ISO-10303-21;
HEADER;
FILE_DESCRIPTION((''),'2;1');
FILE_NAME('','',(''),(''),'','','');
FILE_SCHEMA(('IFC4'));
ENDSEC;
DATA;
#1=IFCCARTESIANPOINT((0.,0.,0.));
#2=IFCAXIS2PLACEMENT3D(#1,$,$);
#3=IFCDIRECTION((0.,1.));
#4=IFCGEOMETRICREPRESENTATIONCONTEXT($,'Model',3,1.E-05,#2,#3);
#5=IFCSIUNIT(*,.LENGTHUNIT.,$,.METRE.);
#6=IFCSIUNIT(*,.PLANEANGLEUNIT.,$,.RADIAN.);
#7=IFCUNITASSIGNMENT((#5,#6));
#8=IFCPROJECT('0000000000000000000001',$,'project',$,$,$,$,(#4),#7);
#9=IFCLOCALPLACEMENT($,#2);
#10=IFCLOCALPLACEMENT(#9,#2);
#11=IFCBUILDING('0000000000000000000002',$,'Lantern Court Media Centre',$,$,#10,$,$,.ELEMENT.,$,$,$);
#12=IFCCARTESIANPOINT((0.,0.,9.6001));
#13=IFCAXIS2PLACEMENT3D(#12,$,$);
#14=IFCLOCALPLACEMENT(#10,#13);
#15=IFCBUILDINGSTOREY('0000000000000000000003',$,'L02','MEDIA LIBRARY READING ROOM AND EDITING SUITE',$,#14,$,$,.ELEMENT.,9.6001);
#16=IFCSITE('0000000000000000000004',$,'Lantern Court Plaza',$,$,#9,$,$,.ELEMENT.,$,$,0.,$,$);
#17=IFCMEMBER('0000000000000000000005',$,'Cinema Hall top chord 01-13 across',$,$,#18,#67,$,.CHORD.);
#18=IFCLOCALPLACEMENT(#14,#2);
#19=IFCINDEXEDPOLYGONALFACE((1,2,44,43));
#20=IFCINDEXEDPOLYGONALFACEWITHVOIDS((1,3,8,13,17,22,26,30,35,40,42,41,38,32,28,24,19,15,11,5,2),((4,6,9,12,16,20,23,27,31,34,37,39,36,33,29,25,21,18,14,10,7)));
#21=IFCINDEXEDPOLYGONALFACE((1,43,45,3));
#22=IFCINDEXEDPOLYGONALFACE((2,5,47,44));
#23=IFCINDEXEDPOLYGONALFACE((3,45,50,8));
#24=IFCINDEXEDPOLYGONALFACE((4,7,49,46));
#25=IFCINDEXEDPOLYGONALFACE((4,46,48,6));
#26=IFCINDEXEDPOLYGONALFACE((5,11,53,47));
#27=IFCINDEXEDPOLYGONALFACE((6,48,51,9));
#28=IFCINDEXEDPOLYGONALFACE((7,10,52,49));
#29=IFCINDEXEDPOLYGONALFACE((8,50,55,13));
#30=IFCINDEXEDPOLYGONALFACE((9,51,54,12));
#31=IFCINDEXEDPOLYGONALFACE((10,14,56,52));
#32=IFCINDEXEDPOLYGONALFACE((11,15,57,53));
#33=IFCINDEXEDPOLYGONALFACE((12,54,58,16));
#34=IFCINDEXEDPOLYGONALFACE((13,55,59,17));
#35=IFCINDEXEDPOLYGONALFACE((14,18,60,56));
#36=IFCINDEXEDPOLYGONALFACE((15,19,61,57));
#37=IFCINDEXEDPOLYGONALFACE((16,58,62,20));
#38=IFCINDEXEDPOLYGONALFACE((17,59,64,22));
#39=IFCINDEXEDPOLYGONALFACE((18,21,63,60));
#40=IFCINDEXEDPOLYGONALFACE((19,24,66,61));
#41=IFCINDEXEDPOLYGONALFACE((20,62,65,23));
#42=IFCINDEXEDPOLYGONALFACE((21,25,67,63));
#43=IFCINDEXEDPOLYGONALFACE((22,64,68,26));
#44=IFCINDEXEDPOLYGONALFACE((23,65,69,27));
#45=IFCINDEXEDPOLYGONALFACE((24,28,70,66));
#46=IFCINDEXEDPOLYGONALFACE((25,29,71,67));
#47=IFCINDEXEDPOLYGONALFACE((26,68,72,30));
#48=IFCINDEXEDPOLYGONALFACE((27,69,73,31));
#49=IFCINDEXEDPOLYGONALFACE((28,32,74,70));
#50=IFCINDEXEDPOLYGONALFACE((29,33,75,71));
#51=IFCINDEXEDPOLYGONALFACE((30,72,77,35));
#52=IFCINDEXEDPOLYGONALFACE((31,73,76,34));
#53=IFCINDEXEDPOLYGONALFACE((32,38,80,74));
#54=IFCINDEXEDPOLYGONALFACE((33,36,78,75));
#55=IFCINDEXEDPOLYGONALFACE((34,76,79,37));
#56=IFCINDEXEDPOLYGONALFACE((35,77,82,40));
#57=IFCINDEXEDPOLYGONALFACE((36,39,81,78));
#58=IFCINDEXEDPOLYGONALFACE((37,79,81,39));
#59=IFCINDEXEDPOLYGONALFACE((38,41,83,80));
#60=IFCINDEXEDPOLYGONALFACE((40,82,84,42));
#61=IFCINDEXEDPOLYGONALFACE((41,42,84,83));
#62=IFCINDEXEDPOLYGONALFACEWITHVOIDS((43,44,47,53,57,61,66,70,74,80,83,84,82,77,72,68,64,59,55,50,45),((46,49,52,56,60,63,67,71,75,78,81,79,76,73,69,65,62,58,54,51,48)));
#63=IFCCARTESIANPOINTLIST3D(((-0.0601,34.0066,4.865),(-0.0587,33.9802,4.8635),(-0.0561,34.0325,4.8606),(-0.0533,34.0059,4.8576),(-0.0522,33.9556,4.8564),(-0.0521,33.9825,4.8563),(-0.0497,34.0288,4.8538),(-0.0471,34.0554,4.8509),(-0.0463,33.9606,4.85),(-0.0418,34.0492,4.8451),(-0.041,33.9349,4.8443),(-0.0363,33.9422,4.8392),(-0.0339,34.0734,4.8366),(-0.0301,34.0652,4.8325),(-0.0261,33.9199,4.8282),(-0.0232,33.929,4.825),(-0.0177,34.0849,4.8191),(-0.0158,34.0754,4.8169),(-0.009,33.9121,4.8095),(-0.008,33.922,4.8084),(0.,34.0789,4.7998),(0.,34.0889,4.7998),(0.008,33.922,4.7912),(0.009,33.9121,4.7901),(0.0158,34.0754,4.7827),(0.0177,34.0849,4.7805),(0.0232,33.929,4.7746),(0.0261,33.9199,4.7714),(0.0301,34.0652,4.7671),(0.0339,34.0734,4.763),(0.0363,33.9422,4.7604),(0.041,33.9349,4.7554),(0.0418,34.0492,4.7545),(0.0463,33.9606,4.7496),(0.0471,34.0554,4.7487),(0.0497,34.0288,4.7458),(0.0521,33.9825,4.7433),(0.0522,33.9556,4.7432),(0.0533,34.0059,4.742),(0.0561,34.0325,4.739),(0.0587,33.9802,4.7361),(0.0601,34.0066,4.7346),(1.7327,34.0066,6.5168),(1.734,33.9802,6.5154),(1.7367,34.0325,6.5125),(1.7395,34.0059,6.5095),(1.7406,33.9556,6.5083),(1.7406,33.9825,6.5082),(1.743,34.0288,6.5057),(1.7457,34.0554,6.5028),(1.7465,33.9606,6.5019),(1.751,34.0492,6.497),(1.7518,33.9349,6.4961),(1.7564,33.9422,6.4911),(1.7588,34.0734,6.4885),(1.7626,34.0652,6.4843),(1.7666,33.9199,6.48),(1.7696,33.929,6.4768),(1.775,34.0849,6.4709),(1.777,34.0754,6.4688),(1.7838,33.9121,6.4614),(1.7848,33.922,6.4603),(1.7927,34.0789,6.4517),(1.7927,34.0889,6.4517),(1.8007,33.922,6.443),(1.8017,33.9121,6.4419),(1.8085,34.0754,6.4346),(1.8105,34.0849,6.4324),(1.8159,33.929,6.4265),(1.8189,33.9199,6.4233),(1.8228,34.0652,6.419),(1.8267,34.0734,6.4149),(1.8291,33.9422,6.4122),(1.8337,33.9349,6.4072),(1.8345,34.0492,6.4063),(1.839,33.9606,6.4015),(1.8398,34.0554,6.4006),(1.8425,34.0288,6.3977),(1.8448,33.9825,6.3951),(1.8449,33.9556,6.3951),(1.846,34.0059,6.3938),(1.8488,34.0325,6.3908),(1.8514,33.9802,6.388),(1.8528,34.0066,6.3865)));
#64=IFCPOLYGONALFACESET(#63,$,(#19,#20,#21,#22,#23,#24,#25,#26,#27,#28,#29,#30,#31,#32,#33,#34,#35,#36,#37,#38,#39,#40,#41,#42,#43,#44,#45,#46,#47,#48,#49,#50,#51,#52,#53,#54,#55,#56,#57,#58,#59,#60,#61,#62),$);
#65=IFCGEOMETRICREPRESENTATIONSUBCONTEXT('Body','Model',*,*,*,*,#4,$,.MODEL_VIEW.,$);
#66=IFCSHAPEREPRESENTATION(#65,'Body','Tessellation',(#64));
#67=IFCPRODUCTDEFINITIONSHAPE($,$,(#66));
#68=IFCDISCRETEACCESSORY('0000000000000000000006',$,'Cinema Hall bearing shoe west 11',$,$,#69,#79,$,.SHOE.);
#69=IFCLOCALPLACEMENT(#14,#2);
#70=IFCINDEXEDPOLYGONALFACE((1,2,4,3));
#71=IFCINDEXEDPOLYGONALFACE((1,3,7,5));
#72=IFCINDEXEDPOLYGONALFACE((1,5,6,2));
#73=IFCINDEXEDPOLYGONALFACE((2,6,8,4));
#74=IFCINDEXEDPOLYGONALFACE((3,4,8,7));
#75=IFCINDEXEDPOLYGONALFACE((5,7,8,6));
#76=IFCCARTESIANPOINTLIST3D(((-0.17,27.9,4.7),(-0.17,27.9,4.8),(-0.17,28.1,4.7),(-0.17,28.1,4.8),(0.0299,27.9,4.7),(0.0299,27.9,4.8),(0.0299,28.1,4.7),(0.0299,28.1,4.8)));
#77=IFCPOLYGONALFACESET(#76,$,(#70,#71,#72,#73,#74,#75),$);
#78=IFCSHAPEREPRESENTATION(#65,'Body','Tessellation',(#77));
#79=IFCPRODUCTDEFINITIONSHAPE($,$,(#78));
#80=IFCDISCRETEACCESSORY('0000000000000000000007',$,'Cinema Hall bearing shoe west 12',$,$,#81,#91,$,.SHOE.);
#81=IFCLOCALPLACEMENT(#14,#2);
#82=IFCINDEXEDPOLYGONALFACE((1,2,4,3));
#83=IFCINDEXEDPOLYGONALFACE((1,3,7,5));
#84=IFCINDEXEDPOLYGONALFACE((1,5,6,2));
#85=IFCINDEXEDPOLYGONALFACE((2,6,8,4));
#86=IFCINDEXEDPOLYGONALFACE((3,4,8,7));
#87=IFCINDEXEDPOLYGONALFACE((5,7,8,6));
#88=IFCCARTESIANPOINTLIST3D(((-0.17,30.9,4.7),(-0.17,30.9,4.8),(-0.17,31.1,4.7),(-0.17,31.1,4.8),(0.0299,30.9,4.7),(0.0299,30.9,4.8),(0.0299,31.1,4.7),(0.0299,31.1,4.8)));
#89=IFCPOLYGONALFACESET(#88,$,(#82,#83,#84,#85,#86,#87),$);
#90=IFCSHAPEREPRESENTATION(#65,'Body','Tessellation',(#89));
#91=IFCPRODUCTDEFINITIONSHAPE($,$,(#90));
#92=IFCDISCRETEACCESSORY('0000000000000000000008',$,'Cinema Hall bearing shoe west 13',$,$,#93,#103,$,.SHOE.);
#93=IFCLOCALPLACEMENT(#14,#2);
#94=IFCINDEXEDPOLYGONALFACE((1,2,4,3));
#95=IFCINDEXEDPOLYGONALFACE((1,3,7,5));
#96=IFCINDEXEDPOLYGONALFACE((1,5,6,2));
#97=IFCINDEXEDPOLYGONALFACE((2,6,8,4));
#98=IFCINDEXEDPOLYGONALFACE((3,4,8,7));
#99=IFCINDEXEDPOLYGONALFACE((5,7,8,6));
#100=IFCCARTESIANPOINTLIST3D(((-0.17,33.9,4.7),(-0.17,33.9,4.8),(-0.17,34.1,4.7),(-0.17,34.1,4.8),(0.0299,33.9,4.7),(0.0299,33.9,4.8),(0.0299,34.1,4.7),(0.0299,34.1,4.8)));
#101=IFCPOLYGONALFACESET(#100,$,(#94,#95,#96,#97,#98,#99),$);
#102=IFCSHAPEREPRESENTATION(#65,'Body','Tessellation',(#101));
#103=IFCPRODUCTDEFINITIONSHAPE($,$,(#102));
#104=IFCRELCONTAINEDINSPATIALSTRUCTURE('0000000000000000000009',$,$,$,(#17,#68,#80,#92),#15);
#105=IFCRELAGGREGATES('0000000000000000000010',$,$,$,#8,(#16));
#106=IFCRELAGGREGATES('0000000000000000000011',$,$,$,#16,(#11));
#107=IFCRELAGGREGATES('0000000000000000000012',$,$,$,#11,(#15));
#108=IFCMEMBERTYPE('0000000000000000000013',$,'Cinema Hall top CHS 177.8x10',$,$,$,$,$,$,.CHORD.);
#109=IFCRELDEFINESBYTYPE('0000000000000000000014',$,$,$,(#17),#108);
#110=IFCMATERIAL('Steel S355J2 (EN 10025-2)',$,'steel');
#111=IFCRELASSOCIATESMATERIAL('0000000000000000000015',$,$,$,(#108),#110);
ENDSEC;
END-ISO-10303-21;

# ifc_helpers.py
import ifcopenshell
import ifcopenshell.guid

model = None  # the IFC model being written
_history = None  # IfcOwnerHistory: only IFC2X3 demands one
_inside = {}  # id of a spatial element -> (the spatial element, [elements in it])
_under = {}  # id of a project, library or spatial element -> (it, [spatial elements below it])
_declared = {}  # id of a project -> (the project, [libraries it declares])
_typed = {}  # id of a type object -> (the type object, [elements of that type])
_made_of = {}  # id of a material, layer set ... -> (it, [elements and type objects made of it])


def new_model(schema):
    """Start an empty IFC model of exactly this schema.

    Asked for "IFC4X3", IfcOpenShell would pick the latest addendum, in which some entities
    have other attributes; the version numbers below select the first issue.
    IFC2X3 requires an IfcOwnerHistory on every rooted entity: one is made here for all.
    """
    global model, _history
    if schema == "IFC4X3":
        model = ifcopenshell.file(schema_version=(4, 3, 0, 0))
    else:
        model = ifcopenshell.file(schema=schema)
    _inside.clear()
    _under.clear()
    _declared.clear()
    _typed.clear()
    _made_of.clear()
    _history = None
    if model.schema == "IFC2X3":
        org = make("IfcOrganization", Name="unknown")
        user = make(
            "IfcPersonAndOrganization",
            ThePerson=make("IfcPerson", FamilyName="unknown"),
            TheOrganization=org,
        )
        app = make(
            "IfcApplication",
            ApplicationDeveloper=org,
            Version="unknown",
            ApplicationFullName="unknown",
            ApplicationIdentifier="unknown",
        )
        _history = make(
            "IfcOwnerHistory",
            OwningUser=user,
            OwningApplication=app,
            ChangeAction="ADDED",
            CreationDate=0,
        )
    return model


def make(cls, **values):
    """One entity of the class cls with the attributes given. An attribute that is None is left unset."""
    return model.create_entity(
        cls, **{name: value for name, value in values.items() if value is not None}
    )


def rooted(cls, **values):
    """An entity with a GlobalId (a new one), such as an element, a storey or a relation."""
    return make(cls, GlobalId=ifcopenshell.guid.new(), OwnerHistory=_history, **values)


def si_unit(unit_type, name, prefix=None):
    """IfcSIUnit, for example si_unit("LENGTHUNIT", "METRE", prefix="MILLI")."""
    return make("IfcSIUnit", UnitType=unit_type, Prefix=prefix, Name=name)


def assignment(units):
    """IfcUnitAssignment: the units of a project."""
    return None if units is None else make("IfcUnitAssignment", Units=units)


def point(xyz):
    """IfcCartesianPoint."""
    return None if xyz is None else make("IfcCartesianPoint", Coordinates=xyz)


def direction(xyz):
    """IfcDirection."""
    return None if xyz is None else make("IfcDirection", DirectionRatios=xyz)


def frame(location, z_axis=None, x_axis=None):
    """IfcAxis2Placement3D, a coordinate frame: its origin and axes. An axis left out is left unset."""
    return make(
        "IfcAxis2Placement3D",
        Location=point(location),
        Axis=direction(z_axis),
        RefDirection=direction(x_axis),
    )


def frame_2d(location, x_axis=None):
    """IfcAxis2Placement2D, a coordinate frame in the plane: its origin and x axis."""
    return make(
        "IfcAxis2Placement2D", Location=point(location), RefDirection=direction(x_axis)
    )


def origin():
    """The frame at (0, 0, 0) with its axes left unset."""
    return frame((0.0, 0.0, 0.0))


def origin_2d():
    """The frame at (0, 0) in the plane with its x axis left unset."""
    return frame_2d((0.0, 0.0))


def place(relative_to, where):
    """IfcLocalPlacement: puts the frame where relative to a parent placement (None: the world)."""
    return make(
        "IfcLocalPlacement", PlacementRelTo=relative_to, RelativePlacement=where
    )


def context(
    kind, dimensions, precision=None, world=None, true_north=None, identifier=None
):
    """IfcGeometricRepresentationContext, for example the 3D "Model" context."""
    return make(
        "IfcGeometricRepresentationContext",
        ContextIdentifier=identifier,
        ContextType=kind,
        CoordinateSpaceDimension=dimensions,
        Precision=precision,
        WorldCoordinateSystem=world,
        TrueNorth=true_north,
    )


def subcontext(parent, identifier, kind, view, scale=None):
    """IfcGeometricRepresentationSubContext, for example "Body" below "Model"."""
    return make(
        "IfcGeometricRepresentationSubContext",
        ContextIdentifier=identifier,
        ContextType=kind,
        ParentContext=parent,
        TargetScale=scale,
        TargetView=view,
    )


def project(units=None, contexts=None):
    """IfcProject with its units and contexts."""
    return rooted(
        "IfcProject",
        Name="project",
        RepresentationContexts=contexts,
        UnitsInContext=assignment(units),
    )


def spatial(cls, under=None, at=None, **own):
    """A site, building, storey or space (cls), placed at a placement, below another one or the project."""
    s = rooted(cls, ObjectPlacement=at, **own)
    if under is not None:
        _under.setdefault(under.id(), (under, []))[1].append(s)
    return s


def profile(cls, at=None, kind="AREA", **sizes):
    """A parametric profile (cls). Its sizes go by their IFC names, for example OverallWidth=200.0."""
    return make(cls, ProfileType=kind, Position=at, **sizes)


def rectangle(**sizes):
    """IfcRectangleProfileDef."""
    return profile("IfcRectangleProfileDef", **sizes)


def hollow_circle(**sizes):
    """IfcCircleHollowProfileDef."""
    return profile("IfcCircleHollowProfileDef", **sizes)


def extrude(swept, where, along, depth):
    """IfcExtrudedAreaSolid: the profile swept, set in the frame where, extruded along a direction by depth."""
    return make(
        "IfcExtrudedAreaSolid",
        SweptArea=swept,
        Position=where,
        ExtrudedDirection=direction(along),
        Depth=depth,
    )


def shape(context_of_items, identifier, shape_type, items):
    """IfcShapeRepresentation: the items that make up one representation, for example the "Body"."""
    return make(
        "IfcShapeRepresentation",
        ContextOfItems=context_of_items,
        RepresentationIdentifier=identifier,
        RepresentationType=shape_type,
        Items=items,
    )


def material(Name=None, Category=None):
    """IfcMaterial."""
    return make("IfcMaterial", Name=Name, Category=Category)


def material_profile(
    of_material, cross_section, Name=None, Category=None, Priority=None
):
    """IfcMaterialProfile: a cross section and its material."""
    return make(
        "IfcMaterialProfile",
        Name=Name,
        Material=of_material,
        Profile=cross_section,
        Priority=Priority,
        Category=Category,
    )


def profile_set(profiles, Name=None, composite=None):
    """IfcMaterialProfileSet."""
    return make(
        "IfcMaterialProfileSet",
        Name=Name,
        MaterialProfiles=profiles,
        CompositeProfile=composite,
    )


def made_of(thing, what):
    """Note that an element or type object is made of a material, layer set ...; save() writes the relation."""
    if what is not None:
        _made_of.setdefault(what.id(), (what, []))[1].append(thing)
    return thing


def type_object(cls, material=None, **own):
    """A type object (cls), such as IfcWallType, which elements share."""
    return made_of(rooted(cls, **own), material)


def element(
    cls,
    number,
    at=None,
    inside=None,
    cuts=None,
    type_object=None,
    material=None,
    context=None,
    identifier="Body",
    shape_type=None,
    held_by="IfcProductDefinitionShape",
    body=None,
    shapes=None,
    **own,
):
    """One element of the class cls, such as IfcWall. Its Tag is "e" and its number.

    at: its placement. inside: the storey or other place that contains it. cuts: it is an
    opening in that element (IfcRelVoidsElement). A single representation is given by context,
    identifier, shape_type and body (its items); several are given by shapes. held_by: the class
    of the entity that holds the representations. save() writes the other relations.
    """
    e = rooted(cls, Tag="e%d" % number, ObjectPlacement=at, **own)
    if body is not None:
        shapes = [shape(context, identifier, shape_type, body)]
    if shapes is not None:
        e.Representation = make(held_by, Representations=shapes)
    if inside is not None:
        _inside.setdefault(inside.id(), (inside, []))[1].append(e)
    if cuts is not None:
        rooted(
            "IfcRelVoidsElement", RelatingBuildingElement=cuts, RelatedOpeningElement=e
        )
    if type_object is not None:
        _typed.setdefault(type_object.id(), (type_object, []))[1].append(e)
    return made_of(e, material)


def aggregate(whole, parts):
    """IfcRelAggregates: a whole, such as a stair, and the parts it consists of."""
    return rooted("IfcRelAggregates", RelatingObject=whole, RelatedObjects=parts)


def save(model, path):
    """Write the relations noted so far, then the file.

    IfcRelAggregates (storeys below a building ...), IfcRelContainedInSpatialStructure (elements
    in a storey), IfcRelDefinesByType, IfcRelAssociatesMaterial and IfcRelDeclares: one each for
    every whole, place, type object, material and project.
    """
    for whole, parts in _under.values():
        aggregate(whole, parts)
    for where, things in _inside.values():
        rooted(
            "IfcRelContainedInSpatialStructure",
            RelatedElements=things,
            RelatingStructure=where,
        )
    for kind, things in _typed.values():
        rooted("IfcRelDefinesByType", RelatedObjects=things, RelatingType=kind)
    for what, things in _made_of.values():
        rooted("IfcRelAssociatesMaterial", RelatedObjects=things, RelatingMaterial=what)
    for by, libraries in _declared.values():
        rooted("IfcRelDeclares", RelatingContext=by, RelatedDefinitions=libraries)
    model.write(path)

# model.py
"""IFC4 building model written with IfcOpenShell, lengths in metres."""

from ifc_helpers import new_model, si_unit, direction, frame, origin, origin_2d, place, context, subcontext, project, spatial, rectangle, hollow_circle, extrude, material, material_profile, profile_set, type_object, element, save


model = new_model("IFC4")

# Units and contexts
model_context = context("Model", 3, precision=1e-05, world=origin(), true_north=direction((0.0, 1.0)))
body_context = subcontext(model_context, "Body", "Model", "MODEL_VIEW")
ifc_project = project(units=[si_unit("LENGTHUNIT", "METRE"), si_unit("PLANEANGLEUNIT", "RADIAN")], contexts=[model_context])

# Site, building, storey
site_placement = place(None, origin())
site = spatial("IfcSite", under=ifc_project, at=site_placement, Name="Lantern Court Plaza", CompositionType="ELEMENT", RefElevation=0.0)
building_placement = place(site_placement, origin())
building = spatial("IfcBuilding", under=site, at=building_placement, Name="Lantern Court Media Centre", CompositionType="ELEMENT")
storey_placement = place(building_placement, frame((0.0, 0.0, 9.6001)))
storey = spatial("IfcBuildingStorey", under=building, at=storey_placement, Name="L02", Description="MEDIA LIBRARY READING ROOM AND EDITING SUITE", CompositionType="ELEMENT", Elevation=9.6001)

# Shared definitions
ifc_material = material(Name="Steel S355J2 (EN 10025-2)", Category="steel")

# Member
ifc_material_profile_1 = material_profile(ifc_material, hollow_circle(Radius=0.0889, WallThickness=0.01, at=origin_2d()), Name="Cinema Hall top CHS 177.8x10")
ifc_profile_set_1 = profile_set([ifc_material_profile_1], Name="Steel S355J2 (EN 10025-2)")
member_type_1 = type_object("IfcMemberType", Name="Cinema Hall top CHS 177.8x10", PredefinedType="CHORD", material=ifc_profile_set_1)
for number, where, z_axis, x_axis, name in (
    (1, (0.0, 34.0, 4.7998), (0.73541, 0.0, 0.677623), (0.0, 1.0, 0.0), "Cinema Hall top chord 01-13 across"),
):
    element("IfcMember", number, at=place(storey_placement, frame(where, z_axis=z_axis, x_axis=x_axis)), inside=storey, type_object=member_type_1, Name=name, PredefinedType="CHORD", context=body_context, shape_type="SweptSolid", body=[
        extrude(hollow_circle(Radius=0.0889, WallThickness=0.01, at=origin_2d()), origin(), (0.0, 0.0, 1.0), 2.4377),
    ])

# Discrete accessories
for number, where, z_axis, x_axis, name in (
    (2, (-0.0701, 28.0, 4.7), (0.0, 0.0, 1.0), (1.0, 0.0, 0.0), "Cinema Hall bearing shoe west 11"),
    (3, (-0.0701, 31.0, 4.7), (0.0, 0.0, 1.0), (1.0, 0.0, 0.0), "Cinema Hall bearing shoe west 12"),
    (4, (-0.0701, 34.0, 4.7), (0.0, 0.0, 1.0), (1.0, 0.0, 0.0), "Cinema Hall bearing shoe west 13"),
):
    element("IfcDiscreteAccessory", number, at=place(storey_placement, frame(where, z_axis=z_axis, x_axis=x_axis)), inside=storey, Name=name, PredefinedType="SHOE", context=body_context, shape_type="SweptSolid", body=[
        extrude(rectangle(XDim=0.2, YDim=0.2, at=origin_2d()), origin(), (0.0, 0.0, 1.0), 0.1001),
    ])

save(model, "model.ifc")
